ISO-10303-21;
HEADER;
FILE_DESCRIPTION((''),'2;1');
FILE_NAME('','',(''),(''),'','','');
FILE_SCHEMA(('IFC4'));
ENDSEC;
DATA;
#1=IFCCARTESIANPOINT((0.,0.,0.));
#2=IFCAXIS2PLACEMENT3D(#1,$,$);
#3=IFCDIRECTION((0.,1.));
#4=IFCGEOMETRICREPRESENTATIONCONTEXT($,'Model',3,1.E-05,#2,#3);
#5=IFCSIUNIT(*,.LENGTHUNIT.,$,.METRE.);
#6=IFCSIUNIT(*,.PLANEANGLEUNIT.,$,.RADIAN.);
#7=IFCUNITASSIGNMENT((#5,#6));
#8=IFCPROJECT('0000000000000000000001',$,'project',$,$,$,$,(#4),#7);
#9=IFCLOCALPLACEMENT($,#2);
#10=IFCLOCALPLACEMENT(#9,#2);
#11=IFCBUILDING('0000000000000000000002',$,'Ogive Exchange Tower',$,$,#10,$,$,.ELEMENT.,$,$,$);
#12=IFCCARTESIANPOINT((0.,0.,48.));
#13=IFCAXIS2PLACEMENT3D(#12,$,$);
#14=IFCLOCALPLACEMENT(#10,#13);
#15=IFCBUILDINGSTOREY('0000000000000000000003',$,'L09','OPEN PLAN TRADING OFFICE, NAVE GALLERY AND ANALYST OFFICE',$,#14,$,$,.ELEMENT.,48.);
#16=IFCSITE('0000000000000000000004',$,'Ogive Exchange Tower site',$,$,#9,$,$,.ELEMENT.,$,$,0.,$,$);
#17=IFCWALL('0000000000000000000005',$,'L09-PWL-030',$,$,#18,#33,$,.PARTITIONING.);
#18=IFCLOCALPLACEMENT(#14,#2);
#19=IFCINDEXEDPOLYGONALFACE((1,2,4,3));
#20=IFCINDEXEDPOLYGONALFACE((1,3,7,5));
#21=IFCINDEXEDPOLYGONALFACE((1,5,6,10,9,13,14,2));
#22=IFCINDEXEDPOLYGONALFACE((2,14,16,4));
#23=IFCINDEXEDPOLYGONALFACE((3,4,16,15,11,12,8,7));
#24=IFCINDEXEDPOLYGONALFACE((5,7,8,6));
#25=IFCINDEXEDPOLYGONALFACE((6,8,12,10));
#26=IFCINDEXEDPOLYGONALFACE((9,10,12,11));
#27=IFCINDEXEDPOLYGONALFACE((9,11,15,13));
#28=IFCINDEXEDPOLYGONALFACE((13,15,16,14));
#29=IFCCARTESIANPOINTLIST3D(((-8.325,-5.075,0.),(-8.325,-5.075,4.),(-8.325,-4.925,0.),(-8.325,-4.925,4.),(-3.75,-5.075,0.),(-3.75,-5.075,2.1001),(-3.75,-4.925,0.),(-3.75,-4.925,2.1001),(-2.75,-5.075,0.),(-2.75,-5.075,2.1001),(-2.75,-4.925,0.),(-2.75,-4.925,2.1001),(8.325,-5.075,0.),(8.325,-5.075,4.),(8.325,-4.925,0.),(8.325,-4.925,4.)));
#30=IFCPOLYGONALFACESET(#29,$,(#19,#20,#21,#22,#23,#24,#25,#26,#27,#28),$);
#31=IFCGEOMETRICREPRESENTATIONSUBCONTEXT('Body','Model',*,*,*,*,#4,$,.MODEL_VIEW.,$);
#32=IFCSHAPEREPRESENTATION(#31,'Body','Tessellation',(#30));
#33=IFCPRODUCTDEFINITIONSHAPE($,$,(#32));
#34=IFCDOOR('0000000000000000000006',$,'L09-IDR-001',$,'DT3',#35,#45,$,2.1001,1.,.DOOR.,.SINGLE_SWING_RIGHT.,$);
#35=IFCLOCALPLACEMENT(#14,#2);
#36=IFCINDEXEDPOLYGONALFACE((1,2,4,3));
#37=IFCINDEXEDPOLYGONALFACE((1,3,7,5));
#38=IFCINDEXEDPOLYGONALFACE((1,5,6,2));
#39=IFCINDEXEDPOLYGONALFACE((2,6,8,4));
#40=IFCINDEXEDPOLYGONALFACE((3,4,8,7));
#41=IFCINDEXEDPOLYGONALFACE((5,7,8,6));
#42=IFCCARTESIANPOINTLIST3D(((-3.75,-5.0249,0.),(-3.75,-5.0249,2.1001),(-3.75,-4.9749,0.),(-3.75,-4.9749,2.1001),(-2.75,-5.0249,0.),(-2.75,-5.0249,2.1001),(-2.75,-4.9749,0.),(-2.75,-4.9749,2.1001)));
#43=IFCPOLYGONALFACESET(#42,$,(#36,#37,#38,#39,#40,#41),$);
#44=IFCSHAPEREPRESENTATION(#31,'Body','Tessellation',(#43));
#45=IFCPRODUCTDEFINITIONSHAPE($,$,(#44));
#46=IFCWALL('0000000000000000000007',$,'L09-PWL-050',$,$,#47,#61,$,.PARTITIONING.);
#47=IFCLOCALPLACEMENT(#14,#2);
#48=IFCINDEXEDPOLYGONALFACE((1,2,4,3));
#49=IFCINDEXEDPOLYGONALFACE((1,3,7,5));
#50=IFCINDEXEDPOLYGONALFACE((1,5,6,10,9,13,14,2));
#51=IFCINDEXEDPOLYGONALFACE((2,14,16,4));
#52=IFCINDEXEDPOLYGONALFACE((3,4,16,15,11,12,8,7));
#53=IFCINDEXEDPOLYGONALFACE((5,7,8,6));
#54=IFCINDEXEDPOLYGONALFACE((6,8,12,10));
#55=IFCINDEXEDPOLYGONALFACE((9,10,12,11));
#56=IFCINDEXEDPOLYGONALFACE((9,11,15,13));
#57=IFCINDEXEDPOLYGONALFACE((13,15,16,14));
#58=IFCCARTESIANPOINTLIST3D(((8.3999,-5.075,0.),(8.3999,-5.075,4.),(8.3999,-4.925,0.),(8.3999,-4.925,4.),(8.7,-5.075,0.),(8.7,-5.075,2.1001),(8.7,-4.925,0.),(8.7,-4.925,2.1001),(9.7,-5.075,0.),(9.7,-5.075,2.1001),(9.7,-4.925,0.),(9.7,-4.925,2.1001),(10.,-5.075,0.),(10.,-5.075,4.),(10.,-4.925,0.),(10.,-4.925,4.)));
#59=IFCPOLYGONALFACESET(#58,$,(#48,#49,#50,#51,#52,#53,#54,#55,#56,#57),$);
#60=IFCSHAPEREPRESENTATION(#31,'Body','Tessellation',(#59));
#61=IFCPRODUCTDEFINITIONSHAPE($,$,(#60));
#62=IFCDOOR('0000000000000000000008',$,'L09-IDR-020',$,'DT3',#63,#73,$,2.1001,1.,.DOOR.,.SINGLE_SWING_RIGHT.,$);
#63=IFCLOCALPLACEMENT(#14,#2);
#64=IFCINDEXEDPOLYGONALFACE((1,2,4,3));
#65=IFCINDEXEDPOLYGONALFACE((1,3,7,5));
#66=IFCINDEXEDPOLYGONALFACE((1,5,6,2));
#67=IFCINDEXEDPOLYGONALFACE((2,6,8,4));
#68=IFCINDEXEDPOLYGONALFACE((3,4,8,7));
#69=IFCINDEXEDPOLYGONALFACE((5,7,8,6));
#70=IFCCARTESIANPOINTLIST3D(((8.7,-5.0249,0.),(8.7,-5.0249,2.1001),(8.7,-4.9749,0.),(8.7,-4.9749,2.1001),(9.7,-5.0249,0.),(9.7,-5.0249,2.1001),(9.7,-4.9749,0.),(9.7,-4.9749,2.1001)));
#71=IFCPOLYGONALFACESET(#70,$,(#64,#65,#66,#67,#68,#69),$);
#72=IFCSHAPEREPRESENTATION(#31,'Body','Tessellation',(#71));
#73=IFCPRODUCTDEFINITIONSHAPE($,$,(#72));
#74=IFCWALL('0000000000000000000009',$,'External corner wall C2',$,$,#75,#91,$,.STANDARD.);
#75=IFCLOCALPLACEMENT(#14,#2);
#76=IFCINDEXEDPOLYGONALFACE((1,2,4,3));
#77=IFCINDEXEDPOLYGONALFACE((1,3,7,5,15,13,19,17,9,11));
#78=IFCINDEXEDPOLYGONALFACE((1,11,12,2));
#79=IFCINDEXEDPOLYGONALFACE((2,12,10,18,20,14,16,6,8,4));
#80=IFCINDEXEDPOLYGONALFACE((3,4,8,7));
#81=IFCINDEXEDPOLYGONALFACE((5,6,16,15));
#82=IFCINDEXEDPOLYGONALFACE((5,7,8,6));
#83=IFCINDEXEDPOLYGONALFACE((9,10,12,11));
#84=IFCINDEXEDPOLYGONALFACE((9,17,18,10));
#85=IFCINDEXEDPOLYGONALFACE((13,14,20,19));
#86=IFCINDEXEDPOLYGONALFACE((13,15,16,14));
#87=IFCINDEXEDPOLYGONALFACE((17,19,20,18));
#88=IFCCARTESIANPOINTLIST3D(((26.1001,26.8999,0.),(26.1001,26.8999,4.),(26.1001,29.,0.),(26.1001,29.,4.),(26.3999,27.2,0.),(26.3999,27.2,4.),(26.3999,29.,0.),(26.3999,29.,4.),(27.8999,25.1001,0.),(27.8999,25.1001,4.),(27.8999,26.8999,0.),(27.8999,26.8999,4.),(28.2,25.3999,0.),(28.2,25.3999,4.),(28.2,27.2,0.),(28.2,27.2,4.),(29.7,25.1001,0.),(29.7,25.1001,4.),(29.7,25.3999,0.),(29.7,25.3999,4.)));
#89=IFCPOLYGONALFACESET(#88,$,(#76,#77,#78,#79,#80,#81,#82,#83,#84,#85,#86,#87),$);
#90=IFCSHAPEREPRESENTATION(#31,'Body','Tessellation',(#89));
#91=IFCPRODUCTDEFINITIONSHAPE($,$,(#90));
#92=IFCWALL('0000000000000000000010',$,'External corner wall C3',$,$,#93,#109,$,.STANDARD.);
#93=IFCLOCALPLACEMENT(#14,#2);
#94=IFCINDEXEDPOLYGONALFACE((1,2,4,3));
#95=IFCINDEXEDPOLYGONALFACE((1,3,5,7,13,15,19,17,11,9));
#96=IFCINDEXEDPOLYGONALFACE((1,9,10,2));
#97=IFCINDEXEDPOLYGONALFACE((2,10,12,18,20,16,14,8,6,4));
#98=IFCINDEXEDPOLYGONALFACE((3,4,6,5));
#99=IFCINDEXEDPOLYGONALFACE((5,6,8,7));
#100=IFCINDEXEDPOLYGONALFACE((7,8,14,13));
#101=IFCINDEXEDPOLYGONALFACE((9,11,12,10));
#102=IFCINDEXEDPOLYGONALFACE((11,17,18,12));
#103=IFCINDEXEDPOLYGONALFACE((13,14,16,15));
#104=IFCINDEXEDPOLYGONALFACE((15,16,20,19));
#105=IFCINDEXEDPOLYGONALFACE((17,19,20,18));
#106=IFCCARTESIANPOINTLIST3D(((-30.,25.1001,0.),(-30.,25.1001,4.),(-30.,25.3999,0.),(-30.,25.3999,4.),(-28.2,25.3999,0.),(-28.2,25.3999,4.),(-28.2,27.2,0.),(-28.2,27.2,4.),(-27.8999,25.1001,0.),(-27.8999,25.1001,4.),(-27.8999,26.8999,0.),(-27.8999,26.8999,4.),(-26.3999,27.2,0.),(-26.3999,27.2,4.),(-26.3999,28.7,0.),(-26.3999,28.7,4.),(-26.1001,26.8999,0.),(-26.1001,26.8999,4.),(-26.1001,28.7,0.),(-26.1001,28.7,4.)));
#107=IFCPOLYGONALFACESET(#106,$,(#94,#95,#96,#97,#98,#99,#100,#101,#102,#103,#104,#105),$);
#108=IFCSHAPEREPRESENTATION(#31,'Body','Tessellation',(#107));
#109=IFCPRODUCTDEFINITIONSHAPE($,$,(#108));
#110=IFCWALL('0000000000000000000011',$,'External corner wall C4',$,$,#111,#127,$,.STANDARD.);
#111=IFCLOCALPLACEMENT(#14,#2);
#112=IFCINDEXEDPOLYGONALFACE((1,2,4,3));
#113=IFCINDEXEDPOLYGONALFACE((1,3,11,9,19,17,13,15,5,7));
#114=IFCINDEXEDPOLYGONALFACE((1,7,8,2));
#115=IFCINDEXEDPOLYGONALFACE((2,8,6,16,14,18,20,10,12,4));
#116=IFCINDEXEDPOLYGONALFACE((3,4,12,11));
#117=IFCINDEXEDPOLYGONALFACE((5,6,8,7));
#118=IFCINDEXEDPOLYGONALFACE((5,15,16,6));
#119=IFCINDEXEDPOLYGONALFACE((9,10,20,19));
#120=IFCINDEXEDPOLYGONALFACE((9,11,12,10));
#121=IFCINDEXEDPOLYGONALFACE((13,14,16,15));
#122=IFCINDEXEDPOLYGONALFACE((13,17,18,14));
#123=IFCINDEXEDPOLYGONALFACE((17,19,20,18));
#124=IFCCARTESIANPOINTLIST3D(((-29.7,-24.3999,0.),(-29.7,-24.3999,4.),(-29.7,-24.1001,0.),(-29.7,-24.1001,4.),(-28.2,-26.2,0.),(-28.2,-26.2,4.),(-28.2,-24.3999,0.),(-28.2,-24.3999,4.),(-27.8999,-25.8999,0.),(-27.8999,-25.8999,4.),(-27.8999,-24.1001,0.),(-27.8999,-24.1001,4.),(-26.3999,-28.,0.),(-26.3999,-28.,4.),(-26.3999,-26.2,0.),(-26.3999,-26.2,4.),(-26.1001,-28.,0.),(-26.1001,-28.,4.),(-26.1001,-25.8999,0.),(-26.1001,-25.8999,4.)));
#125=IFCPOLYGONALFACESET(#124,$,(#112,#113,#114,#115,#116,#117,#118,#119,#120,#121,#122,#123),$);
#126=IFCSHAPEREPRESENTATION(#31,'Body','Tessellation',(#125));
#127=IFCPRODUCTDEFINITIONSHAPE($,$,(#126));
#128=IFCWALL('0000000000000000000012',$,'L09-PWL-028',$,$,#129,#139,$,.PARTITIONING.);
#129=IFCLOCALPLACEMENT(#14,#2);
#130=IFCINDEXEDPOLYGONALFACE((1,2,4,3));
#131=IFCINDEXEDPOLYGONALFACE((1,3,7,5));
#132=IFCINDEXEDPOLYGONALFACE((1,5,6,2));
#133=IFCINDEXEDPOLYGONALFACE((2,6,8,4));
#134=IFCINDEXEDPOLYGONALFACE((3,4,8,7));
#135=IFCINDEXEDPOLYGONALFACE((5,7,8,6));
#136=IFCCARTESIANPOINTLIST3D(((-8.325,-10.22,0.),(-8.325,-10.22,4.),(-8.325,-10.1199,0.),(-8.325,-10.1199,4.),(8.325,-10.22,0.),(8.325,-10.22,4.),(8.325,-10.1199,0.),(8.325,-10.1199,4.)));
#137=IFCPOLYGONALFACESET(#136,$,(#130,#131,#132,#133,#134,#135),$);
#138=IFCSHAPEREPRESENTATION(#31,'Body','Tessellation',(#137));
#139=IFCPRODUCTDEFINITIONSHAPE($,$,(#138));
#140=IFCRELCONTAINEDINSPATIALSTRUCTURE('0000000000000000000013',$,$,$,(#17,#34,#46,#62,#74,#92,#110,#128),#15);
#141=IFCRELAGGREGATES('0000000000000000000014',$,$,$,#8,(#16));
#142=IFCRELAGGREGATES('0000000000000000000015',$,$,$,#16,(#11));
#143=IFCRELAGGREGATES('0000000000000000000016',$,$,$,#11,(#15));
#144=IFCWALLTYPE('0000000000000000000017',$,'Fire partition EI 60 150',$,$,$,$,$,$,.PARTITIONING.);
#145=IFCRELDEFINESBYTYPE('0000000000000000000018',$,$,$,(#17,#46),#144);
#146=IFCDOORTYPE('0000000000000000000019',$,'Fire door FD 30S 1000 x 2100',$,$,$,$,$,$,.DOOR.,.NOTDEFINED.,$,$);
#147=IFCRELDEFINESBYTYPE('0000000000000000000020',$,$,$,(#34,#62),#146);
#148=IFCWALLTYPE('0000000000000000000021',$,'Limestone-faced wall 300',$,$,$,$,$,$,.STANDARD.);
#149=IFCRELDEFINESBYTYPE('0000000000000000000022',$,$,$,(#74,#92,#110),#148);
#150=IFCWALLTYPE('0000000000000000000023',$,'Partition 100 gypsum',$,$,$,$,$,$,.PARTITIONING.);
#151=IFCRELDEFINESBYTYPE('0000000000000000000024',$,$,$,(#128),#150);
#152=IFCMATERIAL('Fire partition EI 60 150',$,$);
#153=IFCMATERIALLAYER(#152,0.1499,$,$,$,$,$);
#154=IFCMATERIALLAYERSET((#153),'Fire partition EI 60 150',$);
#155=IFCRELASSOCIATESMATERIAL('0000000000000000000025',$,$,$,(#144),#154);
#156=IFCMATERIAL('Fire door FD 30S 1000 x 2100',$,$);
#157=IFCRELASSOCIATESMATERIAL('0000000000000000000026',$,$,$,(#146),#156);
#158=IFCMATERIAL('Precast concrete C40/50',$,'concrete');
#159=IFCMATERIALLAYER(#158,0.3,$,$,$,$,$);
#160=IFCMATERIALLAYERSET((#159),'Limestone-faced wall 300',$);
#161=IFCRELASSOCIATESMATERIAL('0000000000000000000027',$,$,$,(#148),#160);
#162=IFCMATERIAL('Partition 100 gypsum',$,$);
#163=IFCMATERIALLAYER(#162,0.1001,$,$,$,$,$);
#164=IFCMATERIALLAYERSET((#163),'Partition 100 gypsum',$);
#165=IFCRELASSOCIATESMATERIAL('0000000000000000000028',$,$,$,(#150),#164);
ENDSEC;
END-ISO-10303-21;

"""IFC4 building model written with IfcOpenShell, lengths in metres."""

from ifc_helpers import new_model, si_unit, direction, frame, frame_2d, origin, place, context, subcontext, project, spatial, polyline, rectangle, outline, extrude, material, layer, layer_set, type_object, element, fill, save


model = new_model("IFC4")

# Units and contexts
model_context = context("Model", 3, precision=1e-05, world=origin(), true_north=direction((0.0, 1.0)))
body_context = subcontext(model_context, "Body", "Model", "MODEL_VIEW")
ifc_project = project(units=[si_unit("LENGTHUNIT", "METRE"), si_unit("PLANEANGLEUNIT", "RADIAN")], contexts=[model_context])

# Site, building, storey
site_placement = place(None, origin())
site = spatial("IfcSite", under=ifc_project, at=site_placement, Name="Ogive Exchange Tower site", CompositionType="ELEMENT", RefElevation=0.0)
building_placement = place(site_placement, origin())
building = spatial("IfcBuilding", under=site, at=building_placement, Name="Ogive Exchange Tower", CompositionType="ELEMENT")
storey_placement = place(building_placement, frame((0.0, 0.0, 48.0)))
storey = spatial("IfcBuildingStorey", under=building, at=storey_placement, Name="L09", Description="OPEN PLAN TRADING OFFICE, NAVE GALLERY AND ANALYST OFFICE", CompositionType="ELEMENT", Elevation=48.0)

# Shared definitions
ifc_material_1 = material(Name="Fire partition EI 60 150")
ifc_layer_1 = layer(ifc_material_1, 0.1499)
ifc_layer_set_1 = layer_set([ifc_layer_1], Name="Fire partition EI 60 150")
wall_type_1 = type_object("IfcWallType", Name="Fire partition EI 60 150", PredefinedType="PARTITIONING", material=ifc_layer_set_1)

# Walls, openings, doors
wall_1_placement = place(storey_placement, frame((8.325, -5.0, 0.0), z_axis=(0.0, 0.0, 1.0), x_axis=(-1.0, 0.0, 0.0)))
wall_1 = element("IfcWall", 1, at=wall_1_placement, inside=storey, type_object=wall_type_1, Name="L09-PWL-030", PredefinedType="PARTITIONING", context=body_context, shape_type="SweptSolid", body=[
    extrude(rectangle(XDim=16.6499, YDim=0.1499, at=frame_2d((8.325, 0.0))), origin(), (0.0, 0.0, 1.0), 4.0),
])
opening_1_placement = place(wall_1_placement, frame((11.075, 0.0, 0.0)))
opening_1 = element("IfcOpeningElement", 2, at=opening_1_placement, cuts=wall_1, PredefinedType="OPENING", context=body_context, shape_type="SweptSolid", body=[
    extrude(rectangle(XDim=1.0, YDim=2.1001, at=frame_2d((0.5, 1.05))), frame((0.0, 0.085, 0.0), z_axis=(0.0, -1.0, 0.0), x_axis=(1.0, 0.0, 0.0)), (0.0, 0.0, 1.0), 0.1699),
])
ifc_material_2 = material(Name="Fire door FD 30S 1000 x 2100")
door_type_1 = type_object("IfcDoorType", Name="Fire door FD 30S 1000 x 2100", OperationType="NOTDEFINED", PredefinedType="DOOR", material=ifc_material_2)
door_1_placement = place(opening_1_placement, origin())
door_1 = element("IfcDoor", 3, at=door_1_placement, inside=storey, type_object=door_type_1, Name="L09-IDR-001", ObjectType="DT3", OperationType="SINGLE_SWING_RIGHT", OverallHeight=2.1001, OverallWidth=1.0, PredefinedType="DOOR", context=body_context, shape_type="SweptSolid", body=[
    extrude(rectangle(XDim=1.0, YDim=2.1001, at=frame_2d((0.5, 1.05))), frame((0.0, 0.0249, 0.0), z_axis=(0.0, -1.0, 0.0), x_axis=(1.0, 0.0, 0.0)), (0.0, 0.0, 1.0), 0.05),
])
fill(opening_1, door_1)
wall_2_placement = place(storey_placement, frame((10.0, -5.0, 0.0), z_axis=(0.0, 0.0, 1.0), x_axis=(-1.0, 0.0, 0.0)))
wall_2 = element("IfcWall", 4, at=wall_2_placement, inside=storey, type_object=wall_type_1, Name="L09-PWL-050", PredefinedType="PARTITIONING", context=body_context, shape_type="SweptSolid", body=[
    extrude(rectangle(XDim=1.6001, YDim=0.1499, at=frame_2d((0.8, 0.0))), origin(), (0.0, 0.0, 1.0), 4.0),
])
opening_2_placement = place(wall_2_placement, frame((0.3, 0.0, 0.0)))
opening_2 = element("IfcOpeningElement", 5, at=opening_2_placement, cuts=wall_2, PredefinedType="OPENING", context=body_context, shape_type="SweptSolid", body=[
    extrude(rectangle(XDim=1.0, YDim=2.1001, at=frame_2d((0.5, 1.05))), frame((0.0, 0.085, 0.0), z_axis=(0.0, -1.0, 0.0), x_axis=(1.0, 0.0, 0.0)), (0.0, 0.0, 1.0), 0.1699),
])
door_2_placement = place(opening_2_placement, origin())
door_2 = element("IfcDoor", 6, at=door_2_placement, inside=storey, type_object=door_type_1, Name="L09-IDR-020", ObjectType="DT3", OperationType="SINGLE_SWING_RIGHT", OverallHeight=2.1001, OverallWidth=1.0, PredefinedType="DOOR", context=body_context, shape_type="SweptSolid", body=[
    extrude(rectangle(XDim=1.0, YDim=2.1001, at=frame_2d((0.5, 1.05))), frame((0.0, 0.0249, 0.0), z_axis=(0.0, -1.0, 0.0), x_axis=(1.0, 0.0, 0.0)), (0.0, 0.0, 1.0), 0.05),
])
fill(opening_2, door_2)

# Walls
ifc_material_3 = material(Name="Precast concrete C40/50", Category="concrete")
ifc_layer_2 = layer(ifc_material_3, 0.3)
ifc_layer_set_2 = layer_set([ifc_layer_2], Name="Limestone-faced wall 300")
wall_type_2 = type_object("IfcWallType", Name="Limestone-faced wall 300", PredefinedType="STANDARD", material=ifc_layer_set_2)
wall_3_placement = place(storey_placement, origin())
element("IfcWall", 7, at=wall_3_placement, inside=storey, type_object=wall_type_2, Name="External corner wall C2", PredefinedType="STANDARD", context=body_context, shape_type="SweptSolid", body=[
    extrude(outline(polyline([(27.8999, 26.8999), (26.1001, 26.8999), (26.1001, 29.0), (26.3999, 29.0), (26.3999, 27.2), (28.2, 27.2), (28.2, 25.3999), (29.7, 25.3999), (29.7, 25.1001), (27.8999, 25.1001), (27.8999, 26.8999)])), origin(), (0.0, 0.0, 1.0), 4.0),
])
wall_4_placement = place(storey_placement, origin())
element("IfcWall", 8, at=wall_4_placement, inside=storey, type_object=wall_type_2, Name="External corner wall C3", PredefinedType="STANDARD", context=body_context, shape_type="SweptSolid", body=[
    extrude(outline(polyline([(-28.2, 25.3999), (-28.2, 27.2), (-26.3999, 27.2), (-26.3999, 28.7), (-26.1001, 28.7), (-26.1001, 26.8999), (-27.8999, 26.8999), (-27.8999, 25.1001), (-30.0, 25.1001), (-30.0, 25.3999), (-28.2, 25.3999)])), origin(), (0.0, 0.0, 1.0), 4.0),
])
wall_5_placement = place(storey_placement, origin())
element("IfcWall", 9, at=wall_5_placement, inside=storey, type_object=wall_type_2, Name="External corner wall C4", PredefinedType="STANDARD", context=body_context, shape_type="SweptSolid", body=[
    extrude(outline(polyline([(-26.3999, -26.2), (-28.2, -26.2), (-28.2, -24.3999), (-29.7, -24.3999), (-29.7, -24.1001), (-27.8999, -24.1001), (-27.8999, -25.8999), (-26.1001, -25.8999), (-26.1001, -28.0), (-26.3999, -28.0), (-26.3999, -26.2)])), origin(), (0.0, 0.0, 1.0), 4.0),
])
ifc_material_4 = material(Name="Partition 100 gypsum")
ifc_layer_3 = layer(ifc_material_4, 0.1001)
ifc_layer_set_3 = layer_set([ifc_layer_3], Name="Partition 100 gypsum")
wall_type_3 = type_object("IfcWallType", Name="Partition 100 gypsum", PredefinedType="PARTITIONING", material=ifc_layer_set_3)
wall_6_placement = place(storey_placement, frame((8.325, -10.1699, 0.0), z_axis=(0.0, 0.0, 1.0), x_axis=(-1.0, 0.0, 0.0)))
element("IfcWall", 10, at=wall_6_placement, inside=storey, type_object=wall_type_3, Name="L09-PWL-028", PredefinedType="PARTITIONING", context=body_context, shape_type="SweptSolid", body=[
    extrude(rectangle(XDim=16.6499, YDim=0.1001, at=frame_2d((8.325, 0.0))), origin(), (0.0, 0.0, 1.0), 4.0),
])

save(model, "model.ifc")
